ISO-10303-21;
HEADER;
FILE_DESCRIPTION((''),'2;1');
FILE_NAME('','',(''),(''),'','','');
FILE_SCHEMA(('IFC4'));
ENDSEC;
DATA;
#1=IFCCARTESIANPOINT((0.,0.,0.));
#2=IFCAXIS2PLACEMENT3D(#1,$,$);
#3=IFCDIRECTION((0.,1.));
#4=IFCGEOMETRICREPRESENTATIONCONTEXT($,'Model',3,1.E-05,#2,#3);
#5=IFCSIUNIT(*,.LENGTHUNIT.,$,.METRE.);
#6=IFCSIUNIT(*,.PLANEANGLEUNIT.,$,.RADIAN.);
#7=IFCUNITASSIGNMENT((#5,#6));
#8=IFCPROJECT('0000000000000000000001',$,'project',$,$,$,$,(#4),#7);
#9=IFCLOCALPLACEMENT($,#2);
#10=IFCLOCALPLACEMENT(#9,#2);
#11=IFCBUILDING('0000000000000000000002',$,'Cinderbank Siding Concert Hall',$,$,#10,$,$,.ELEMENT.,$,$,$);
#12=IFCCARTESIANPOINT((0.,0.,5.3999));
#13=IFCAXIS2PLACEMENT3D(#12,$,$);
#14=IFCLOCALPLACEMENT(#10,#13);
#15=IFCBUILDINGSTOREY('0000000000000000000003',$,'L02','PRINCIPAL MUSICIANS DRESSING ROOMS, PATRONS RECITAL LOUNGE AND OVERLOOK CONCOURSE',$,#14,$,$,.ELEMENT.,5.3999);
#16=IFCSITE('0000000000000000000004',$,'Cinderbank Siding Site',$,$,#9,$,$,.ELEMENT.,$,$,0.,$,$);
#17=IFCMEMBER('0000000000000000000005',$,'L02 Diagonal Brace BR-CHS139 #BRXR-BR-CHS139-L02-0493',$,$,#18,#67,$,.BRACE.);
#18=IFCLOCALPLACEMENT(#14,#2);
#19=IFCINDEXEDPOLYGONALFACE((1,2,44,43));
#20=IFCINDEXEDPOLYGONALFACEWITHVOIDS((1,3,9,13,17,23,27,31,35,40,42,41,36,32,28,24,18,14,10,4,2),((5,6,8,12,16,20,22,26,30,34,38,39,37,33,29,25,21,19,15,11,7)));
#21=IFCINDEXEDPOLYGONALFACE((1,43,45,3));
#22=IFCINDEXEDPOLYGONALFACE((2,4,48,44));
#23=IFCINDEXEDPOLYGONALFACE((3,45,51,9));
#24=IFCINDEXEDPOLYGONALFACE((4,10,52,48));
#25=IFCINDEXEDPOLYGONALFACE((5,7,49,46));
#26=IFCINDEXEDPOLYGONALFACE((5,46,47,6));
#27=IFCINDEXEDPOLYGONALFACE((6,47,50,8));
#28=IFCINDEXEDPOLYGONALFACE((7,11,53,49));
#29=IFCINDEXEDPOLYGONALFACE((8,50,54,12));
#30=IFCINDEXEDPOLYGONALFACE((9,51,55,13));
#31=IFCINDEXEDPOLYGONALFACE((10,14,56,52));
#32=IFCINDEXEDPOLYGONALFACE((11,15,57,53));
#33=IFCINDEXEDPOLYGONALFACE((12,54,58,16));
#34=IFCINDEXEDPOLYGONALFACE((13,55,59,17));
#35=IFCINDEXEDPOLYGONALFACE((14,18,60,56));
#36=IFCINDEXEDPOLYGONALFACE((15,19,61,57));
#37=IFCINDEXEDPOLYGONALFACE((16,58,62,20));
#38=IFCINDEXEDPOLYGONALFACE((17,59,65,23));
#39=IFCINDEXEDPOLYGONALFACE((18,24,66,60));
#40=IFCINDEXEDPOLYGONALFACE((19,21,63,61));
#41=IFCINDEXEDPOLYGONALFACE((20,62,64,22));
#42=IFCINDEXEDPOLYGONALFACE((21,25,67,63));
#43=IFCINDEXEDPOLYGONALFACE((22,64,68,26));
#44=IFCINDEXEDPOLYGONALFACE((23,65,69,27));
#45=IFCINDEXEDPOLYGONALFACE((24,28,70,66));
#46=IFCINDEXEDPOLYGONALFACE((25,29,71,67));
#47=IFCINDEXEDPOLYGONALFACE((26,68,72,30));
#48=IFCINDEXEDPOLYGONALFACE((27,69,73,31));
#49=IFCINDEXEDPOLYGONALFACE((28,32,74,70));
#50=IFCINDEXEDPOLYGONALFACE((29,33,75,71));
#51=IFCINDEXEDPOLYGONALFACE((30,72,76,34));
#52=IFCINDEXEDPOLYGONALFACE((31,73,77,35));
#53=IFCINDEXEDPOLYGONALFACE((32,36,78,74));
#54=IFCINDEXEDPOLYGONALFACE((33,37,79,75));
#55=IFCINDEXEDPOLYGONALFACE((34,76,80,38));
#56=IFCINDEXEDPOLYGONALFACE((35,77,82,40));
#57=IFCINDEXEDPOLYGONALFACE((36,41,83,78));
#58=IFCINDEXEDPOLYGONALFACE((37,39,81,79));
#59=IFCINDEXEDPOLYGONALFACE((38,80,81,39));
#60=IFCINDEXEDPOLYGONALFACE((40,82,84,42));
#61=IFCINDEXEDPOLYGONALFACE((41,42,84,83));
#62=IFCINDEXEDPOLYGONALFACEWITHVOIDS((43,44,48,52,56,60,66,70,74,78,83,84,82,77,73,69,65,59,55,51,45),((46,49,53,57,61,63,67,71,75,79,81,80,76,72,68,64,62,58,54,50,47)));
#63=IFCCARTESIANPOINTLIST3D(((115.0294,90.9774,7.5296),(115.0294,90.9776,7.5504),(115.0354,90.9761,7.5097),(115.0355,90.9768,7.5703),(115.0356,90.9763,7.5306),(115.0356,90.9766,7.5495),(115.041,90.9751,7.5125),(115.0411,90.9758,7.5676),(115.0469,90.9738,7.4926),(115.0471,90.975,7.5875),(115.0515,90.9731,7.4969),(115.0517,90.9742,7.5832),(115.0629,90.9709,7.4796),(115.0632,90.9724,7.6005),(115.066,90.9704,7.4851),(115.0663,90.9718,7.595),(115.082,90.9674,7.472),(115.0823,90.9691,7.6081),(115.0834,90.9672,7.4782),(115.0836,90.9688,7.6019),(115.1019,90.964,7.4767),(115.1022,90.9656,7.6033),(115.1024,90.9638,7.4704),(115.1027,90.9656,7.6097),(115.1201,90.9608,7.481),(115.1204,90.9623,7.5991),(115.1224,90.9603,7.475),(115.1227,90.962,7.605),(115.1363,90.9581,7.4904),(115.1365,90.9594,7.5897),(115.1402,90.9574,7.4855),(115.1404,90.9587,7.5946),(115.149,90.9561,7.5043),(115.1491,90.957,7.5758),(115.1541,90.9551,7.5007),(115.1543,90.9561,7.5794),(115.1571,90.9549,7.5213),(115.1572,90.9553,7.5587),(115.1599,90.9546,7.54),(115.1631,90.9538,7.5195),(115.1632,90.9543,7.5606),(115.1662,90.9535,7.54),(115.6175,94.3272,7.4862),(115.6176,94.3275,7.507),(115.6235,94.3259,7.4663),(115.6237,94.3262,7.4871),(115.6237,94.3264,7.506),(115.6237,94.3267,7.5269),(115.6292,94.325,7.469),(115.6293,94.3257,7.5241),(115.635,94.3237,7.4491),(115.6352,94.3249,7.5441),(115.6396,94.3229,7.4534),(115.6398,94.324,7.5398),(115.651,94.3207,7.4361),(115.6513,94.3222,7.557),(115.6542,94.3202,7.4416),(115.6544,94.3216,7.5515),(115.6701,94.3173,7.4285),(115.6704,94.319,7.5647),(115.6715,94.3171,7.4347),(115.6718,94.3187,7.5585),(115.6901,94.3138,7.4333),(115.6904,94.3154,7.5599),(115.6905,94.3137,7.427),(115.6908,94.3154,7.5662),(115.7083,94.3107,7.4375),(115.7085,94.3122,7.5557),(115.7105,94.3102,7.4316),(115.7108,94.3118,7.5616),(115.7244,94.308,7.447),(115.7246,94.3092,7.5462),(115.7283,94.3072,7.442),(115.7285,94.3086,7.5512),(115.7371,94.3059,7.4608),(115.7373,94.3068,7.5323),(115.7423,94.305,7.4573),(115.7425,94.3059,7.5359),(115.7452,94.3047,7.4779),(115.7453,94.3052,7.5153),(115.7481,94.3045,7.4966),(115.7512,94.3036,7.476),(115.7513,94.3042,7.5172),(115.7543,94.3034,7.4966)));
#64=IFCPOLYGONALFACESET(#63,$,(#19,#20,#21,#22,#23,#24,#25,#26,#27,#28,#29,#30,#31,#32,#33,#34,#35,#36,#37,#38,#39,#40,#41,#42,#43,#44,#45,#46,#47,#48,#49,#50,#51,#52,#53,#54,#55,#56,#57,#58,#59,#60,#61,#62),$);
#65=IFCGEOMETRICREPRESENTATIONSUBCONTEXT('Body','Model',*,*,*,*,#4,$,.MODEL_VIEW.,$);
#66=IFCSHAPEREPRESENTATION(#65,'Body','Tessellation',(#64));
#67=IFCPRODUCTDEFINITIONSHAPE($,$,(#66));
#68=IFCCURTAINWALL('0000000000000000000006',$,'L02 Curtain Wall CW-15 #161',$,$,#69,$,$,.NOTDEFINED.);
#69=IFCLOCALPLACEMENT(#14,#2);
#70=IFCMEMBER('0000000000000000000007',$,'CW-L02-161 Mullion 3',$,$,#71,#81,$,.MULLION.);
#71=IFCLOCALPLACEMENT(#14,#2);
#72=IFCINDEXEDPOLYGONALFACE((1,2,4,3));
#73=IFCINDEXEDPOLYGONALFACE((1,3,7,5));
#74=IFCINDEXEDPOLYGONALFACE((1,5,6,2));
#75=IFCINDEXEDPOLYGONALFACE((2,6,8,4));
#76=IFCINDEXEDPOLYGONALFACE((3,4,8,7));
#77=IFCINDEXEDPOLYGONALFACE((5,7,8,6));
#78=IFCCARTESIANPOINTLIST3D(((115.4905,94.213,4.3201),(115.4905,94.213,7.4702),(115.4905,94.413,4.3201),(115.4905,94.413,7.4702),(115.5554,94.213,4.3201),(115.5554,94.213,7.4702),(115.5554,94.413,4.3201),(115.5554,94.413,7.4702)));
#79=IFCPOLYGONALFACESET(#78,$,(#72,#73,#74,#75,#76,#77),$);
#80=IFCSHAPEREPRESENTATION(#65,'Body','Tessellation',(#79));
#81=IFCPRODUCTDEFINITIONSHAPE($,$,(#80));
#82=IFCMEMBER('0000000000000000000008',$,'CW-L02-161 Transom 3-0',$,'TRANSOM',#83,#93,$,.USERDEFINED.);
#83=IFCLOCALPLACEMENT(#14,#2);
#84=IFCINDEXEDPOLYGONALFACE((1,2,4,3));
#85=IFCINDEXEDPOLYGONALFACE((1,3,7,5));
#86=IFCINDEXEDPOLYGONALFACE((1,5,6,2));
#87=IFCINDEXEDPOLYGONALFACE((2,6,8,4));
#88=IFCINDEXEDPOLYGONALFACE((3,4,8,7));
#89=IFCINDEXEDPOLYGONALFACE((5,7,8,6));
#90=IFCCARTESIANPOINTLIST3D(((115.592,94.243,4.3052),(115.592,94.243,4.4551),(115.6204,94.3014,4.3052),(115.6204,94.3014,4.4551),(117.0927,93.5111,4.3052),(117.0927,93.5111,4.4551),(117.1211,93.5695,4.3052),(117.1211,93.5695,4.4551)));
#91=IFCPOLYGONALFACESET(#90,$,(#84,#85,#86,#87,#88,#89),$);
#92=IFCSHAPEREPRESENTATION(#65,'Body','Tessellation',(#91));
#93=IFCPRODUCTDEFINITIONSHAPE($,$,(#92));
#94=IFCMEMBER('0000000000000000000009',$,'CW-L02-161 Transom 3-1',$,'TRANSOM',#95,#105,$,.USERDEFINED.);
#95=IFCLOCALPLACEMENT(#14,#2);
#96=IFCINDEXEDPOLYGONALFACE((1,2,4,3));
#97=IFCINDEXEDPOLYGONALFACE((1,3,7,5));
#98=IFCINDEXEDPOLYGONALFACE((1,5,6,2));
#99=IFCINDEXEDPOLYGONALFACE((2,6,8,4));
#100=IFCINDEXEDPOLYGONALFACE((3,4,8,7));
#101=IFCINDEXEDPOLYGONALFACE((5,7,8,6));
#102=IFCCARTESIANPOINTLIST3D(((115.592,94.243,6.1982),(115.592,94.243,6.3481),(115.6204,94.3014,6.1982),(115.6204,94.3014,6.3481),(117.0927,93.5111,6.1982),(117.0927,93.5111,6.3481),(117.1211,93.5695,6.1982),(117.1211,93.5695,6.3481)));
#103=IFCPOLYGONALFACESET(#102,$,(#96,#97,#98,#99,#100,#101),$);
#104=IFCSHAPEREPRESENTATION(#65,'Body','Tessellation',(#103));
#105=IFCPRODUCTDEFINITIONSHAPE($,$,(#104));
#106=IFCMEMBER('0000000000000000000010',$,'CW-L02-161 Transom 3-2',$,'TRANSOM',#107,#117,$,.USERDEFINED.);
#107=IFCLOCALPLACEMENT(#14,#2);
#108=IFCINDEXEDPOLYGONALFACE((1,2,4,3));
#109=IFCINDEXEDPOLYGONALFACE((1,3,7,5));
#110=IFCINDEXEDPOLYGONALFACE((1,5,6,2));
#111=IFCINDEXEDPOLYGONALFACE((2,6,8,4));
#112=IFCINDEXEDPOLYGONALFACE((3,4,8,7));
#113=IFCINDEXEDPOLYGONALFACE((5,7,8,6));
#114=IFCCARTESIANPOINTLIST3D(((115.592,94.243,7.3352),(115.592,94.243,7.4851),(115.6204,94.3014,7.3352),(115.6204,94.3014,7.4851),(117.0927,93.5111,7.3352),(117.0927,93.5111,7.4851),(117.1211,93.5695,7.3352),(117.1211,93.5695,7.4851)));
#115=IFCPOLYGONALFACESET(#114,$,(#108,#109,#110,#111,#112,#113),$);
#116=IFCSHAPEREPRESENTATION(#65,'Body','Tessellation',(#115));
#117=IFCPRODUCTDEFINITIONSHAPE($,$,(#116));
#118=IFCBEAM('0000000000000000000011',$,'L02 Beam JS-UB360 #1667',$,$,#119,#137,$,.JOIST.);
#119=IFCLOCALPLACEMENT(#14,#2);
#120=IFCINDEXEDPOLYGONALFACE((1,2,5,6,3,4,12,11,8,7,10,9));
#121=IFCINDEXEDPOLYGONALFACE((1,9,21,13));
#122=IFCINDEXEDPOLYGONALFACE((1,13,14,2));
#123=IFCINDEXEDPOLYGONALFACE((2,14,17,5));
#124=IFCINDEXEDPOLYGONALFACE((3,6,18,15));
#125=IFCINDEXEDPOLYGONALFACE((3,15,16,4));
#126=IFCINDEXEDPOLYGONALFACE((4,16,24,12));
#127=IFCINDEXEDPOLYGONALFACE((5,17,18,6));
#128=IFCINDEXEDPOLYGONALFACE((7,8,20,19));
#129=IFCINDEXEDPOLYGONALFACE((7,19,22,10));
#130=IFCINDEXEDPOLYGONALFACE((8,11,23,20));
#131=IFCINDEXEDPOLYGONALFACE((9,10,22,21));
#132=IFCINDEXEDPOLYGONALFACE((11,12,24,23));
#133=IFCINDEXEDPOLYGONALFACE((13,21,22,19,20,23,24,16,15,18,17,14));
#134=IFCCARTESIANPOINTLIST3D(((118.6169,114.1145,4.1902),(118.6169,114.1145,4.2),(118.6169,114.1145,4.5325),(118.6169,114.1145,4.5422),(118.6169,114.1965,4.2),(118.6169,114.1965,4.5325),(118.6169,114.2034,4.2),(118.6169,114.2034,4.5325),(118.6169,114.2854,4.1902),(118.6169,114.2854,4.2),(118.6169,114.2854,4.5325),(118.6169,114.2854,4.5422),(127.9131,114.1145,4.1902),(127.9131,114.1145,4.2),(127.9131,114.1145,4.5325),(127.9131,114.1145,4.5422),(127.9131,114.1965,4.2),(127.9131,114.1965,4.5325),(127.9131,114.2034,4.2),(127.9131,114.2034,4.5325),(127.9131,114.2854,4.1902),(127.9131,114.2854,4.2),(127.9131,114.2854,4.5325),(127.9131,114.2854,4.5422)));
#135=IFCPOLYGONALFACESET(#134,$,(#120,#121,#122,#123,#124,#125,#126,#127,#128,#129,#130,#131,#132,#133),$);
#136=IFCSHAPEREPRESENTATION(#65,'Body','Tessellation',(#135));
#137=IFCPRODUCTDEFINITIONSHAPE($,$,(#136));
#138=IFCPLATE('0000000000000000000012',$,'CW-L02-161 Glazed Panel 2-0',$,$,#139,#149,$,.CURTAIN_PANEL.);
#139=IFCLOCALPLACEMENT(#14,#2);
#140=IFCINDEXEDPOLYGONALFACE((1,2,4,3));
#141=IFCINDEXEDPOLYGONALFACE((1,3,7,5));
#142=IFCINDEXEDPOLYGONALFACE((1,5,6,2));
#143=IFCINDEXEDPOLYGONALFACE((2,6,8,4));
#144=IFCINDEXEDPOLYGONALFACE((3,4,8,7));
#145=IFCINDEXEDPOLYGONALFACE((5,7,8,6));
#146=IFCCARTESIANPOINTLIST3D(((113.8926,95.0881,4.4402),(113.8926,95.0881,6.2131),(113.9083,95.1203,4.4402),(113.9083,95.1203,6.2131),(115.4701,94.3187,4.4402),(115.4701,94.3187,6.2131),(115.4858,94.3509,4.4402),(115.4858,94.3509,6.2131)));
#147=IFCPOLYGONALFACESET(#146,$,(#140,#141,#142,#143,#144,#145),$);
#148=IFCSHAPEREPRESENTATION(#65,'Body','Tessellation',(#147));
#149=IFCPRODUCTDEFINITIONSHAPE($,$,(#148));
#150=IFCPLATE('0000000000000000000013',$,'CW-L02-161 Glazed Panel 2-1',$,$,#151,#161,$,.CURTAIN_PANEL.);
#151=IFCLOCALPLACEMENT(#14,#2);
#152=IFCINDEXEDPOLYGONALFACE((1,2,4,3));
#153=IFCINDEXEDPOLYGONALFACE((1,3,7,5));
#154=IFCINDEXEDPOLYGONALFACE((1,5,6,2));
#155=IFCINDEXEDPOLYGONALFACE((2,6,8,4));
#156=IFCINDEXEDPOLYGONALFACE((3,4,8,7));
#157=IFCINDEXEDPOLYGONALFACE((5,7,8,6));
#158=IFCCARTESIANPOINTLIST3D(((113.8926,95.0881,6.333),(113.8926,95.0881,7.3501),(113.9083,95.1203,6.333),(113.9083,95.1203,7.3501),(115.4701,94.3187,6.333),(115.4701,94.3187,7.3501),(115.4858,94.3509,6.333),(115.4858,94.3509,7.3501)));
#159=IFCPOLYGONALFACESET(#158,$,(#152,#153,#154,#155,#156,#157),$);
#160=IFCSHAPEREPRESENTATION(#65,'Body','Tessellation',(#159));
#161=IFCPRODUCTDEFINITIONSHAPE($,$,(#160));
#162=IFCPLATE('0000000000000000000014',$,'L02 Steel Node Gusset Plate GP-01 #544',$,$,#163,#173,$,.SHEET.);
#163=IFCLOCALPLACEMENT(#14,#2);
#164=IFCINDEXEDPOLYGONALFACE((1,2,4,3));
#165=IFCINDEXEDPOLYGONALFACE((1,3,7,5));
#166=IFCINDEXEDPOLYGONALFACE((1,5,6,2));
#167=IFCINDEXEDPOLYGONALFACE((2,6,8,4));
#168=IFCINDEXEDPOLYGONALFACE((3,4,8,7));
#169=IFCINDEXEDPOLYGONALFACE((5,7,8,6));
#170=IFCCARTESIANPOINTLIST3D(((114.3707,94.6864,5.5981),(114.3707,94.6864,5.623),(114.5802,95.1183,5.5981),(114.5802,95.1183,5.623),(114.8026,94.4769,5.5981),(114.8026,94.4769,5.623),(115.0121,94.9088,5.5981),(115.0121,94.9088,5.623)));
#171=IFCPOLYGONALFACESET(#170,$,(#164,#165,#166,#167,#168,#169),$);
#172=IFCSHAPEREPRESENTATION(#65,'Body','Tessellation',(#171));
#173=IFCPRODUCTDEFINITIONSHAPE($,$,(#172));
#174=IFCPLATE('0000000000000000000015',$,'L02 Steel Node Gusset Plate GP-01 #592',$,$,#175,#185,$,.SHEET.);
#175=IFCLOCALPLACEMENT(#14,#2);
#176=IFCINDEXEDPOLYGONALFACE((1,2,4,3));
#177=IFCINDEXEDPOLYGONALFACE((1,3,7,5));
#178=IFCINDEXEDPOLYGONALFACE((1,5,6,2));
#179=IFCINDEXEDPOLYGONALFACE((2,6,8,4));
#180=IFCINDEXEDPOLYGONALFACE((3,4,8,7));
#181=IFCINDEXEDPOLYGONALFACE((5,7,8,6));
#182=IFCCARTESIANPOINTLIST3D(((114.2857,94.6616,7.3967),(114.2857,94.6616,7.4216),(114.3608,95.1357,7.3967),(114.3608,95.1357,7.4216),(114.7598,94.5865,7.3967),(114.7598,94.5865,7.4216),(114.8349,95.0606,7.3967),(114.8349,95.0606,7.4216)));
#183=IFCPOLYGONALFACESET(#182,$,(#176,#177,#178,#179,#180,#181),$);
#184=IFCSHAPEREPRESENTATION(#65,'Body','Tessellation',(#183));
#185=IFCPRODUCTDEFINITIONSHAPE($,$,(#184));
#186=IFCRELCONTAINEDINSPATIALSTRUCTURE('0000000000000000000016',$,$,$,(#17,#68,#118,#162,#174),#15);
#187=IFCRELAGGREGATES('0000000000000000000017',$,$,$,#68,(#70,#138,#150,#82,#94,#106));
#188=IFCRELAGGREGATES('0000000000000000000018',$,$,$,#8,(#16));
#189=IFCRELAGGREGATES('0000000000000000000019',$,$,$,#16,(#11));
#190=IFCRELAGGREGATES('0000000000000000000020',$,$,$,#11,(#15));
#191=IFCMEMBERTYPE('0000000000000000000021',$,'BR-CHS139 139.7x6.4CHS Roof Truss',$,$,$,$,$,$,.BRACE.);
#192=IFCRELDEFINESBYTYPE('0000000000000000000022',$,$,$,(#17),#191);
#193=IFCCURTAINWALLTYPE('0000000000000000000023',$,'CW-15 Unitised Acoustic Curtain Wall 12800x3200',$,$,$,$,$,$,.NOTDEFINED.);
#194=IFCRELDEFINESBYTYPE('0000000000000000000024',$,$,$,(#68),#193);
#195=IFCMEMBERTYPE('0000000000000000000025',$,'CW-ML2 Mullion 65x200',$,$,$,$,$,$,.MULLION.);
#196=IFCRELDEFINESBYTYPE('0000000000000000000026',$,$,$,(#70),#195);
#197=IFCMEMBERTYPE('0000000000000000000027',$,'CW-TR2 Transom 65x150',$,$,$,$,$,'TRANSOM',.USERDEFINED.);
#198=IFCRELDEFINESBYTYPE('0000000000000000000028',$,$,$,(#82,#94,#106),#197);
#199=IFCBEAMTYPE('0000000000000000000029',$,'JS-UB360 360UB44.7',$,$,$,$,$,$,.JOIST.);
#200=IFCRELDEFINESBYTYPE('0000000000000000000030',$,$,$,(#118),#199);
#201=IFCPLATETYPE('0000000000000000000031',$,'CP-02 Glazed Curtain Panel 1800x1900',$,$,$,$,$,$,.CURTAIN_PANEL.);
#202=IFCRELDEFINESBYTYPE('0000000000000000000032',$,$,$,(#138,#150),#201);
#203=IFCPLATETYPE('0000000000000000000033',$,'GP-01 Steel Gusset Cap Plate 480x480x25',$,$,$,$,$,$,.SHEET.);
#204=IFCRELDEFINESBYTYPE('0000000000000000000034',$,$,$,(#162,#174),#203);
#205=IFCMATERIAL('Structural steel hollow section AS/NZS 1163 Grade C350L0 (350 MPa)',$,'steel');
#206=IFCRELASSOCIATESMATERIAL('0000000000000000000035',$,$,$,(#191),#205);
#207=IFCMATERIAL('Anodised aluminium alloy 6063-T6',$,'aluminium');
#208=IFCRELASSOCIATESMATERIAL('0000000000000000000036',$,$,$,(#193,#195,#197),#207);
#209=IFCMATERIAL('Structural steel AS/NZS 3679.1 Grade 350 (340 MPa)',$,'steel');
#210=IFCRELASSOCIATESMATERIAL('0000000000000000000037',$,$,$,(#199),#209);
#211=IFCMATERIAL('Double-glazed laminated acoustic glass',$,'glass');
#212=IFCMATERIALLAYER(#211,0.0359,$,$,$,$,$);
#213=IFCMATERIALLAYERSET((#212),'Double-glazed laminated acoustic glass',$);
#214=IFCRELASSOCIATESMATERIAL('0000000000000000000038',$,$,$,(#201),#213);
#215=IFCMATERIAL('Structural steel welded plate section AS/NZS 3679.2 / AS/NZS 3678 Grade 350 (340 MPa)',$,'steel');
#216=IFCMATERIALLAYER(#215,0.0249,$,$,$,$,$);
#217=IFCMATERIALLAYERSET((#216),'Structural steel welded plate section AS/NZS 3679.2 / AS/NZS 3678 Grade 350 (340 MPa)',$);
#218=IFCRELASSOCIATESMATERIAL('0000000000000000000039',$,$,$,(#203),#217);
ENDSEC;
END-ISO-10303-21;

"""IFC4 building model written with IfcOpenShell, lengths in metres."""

from ifc_helpers import new_model, si_unit, direction, frame, origin, origin_2d, place, context, subcontext, project, spatial, rectangle, hollow_circle, i_section, extrude, material, layer, layer_set, material_profile, profile_set, type_object, element, aggregate, save


model = new_model("IFC4")

# Units and contexts
model_context = context("Model", 3, precision=1e-05, world=origin(), true_north=direction((0.0, 1.0)))
body_context = subcontext(model_context, "Body", "Model", "MODEL_VIEW")
ifc_project = project(units=[si_unit("LENGTHUNIT", "METRE"), si_unit("PLANEANGLEUNIT", "RADIAN")], contexts=[model_context])

# Site, building, storey
site_placement = place(None, origin())
site = spatial("IfcSite", under=ifc_project, at=site_placement, Name="Cinderbank Siding Site", CompositionType="ELEMENT", RefElevation=0.0)
building_placement = place(site_placement, origin())
building = spatial("IfcBuilding", under=site, at=building_placement, Name="Cinderbank Siding Concert Hall", CompositionType="ELEMENT")
storey_placement = place(building_placement, frame((0.0, 0.0, 5.3999)))
storey = spatial("IfcBuildingStorey", under=building, at=storey_placement, Name="L02", Description="PRINCIPAL MUSICIANS DRESSING ROOMS, PATRONS RECITAL LOUNGE AND OVERLOOK CONCOURSE", CompositionType="ELEMENT", Elevation=5.3999)

# Shared definitions
ifc_material_1 = material(Name="Structural steel AS/NZS 3679.1 Grade 350 (340 MPa)", Category="steel")

# Shared definitions
ifc_material_2 = material(Name="Structural steel welded plate section AS/NZS 3679.2 / AS/NZS 3678 Grade 350 (340 MPa)", Category="steel")

# Member
ifc_material_3 = material(Name="Structural steel hollow section AS/NZS 1163 Grade C350L0 (350 MPa)", Category="steel")
ifc_material_profile_1 = material_profile(ifc_material_3, hollow_circle(Radius=0.0698, WallThickness=0.0063, at=origin_2d()), Name="139.7x6.4CHS", Category="LoadBearing")
ifc_profile_set_1 = profile_set([ifc_material_profile_1], Name="Structural steel hollow section AS/NZS 1163 Grade C350L0 (350 MPa)")
member_type_1 = type_object("IfcMemberType", Name="BR-CHS139 139.7x6.4CHS Roof Truss", PredefinedType="BRACE", material=ifc_profile_set_1)
member_1_placement = place(storey_placement, frame((115.6855, 94.3154, 7.4966), z_axis=(-0.172911, -0.984855, 0.012776), x_axis=(0.984935, -0.172925, 0.0)))
element("IfcMember", 1, at=member_1_placement, inside=storey, type_object=member_type_1, Name="L02 Diagonal Brace BR-CHS139 #BRXR-BR-CHS139-L02-0493", PredefinedType="BRACE", context=body_context, shape_type="SweptSolid", body=[
    extrude(hollow_circle(Radius=0.0698, WallThickness=0.0063, at=origin_2d()), origin(), (0.0, 0.0, 1.0), 3.4014),
])

# Curtain wall, members
ifc_material_4 = material(Name="Anodised aluminium alloy 6063-T6", Category="aluminium")
curtain_wall_type = type_object("IfcCurtainWallType", Name="CW-15 Unitised Acoustic Curtain Wall 12800x3200", PredefinedType="NOTDEFINED", material=ifc_material_4)
curtain_wall_placement = place(storey_placement, origin())
curtain_wall = element("IfcCurtainWall", 2, at=curtain_wall_placement, inside=storey, type_object=curtain_wall_type, Name="L02 Curtain Wall CW-15 #161", PredefinedType="NOTDEFINED")
ifc_material_profile_2 = material_profile(ifc_material_4, rectangle(XDim=0.0649, YDim=0.2, at=origin_2d()), Name="ALU-MULL-65x200", Category="LoadBearing")
ifc_profile_set_2 = profile_set([ifc_material_profile_2], Name="Anodised aluminium alloy 6063-T6")
member_type_2 = type_object("IfcMemberType", Name="CW-ML2 Mullion 65x200", PredefinedType="MULLION", material=ifc_profile_set_2)
member_2_placement = place(storey_placement, frame((115.5229, 94.313, 4.3201), z_axis=(0.0, 0.0, 1.0), x_axis=(1.0, 0.0, 0.0)))
member_2 = element("IfcMember", 3, at=member_2_placement, type_object=member_type_2, Name="CW-L02-161 Mullion 3", PredefinedType="MULLION", context=body_context, shape_type="SweptSolid", body=[
    extrude(rectangle(XDim=0.0649, YDim=0.2, at=origin_2d()), origin(), (0.0, 0.0, 1.0), 3.1501),
])
ifc_material_profile_3 = material_profile(ifc_material_4, rectangle(XDim=0.0649, YDim=0.1499, at=origin_2d()), Name="ALU-TRAN-65x150", Category="LoadBearing")
ifc_profile_set_3 = profile_set([ifc_material_profile_3], Name="Anodised aluminium alloy 6063-T6")
member_type_3 = type_object("IfcMemberType", Name="CW-TR2 Transom 65x150", ElementType="TRANSOM", PredefinedType="USERDEFINED", material=ifc_profile_set_3)
member_3_placement = place(storey_placement, frame((115.6062, 94.2722, 4.3801), z_axis=(0.898799, -0.43836, 0.0), x_axis=(0.43836, 0.898799, 0.0)))
member_3 = element("IfcMember", 4, at=member_3_placement, type_object=member_type_3, Name="CW-L02-161 Transom 3-0", ObjectType="TRANSOM", PredefinedType="USERDEFINED", context=body_context, shape_type="SweptSolid", body=[
    extrude(rectangle(XDim=0.0649, YDim=0.1499, at=origin_2d()), origin(), (0.0, 0.0, 1.0), 1.6697),
])
member_4_placement = place(storey_placement, frame((115.6062, 94.2722, 6.2732), z_axis=(0.898799, -0.43836, 0.0), x_axis=(0.43836, 0.898799, 0.0)))
member_4 = element("IfcMember", 5, at=member_4_placement, type_object=member_type_3, Name="CW-L02-161 Transom 3-1", ObjectType="TRANSOM", PredefinedType="USERDEFINED", context=body_context, shape_type="SweptSolid", body=[
    extrude(rectangle(XDim=0.0649, YDim=0.1499, at=origin_2d()), origin(), (0.0, 0.0, 1.0), 1.6697),
])
member_5_placement = place(storey_placement, frame((115.6062, 94.2722, 7.4102), z_axis=(0.898799, -0.43836, 0.0), x_axis=(0.43836, 0.898799, 0.0)))
member_5 = element("IfcMember", 6, at=member_5_placement, type_object=member_type_3, Name="CW-L02-161 Transom 3-2", ObjectType="TRANSOM", PredefinedType="USERDEFINED", context=body_context, shape_type="SweptSolid", body=[
    extrude(rectangle(XDim=0.0649, YDim=0.1499, at=origin_2d()), origin(), (0.0, 0.0, 1.0), 1.6697),
])

# Beam
ifc_material_profile_4 = material_profile(ifc_material_1, i_section(OverallWidth=0.1709, OverallDepth=0.3521, WebThickness=0.0068, FlangeThickness=0.0098, at=origin_2d()), Name="360UB44.7", Category="LoadBearing")
ifc_profile_set_4 = profile_set([ifc_material_profile_4], Name="Structural steel AS/NZS 3679.1 Grade 350 (340 MPa)")
beam_type_1 = type_object("IfcBeamType", Name="JS-UB360 360UB44.7", PredefinedType="JOIST", material=ifc_profile_set_4)
beam_1_placement = place(storey_placement, frame((118.6169, 114.2, 4.3662), z_axis=(1.0, 0.0, 0.0), x_axis=(0.0, 1.0, 0.0)))
element("IfcBeam", 7, at=beam_1_placement, inside=storey, type_object=beam_type_1, Name="L02 Beam JS-UB360 #1667", PredefinedType="JOIST", context=body_context, shape_type="SweptSolid", body=[
    extrude(i_section(OverallWidth=0.1709, OverallDepth=0.3521, WebThickness=0.0068, FlangeThickness=0.0098, at=origin_2d()), origin(), (0.0, 0.0, 1.0), 9.2961),
])

# Plates
ifc_material_5 = material(Name="Double-glazed laminated acoustic glass", Category="glass")
ifc_layer_1 = layer(ifc_material_5, 0.0359)
ifc_layer_set_1 = layer_set([ifc_layer_1], Name="Double-glazed laminated acoustic glass")
plate_type_1 = type_object("IfcPlateType", Name="CP-02 Glazed Curtain Panel 1800x1900", PredefinedType="CURTAIN_PANEL", material=ifc_layer_set_1)
plate_1_placement = place(storey_placement, frame((114.6892, 94.7195, 4.4402), z_axis=(0.0, 0.0, 1.0), x_axis=(0.898794, -0.43837, 0.0)))
plate_1 = element("IfcPlate", 8, at=plate_1_placement, type_object=plate_type_1, Name="CW-L02-161 Glazed Panel 2-0", PredefinedType="CURTAIN_PANEL", context=body_context, shape_type="SweptSolid", body=[
    extrude(rectangle(XDim=1.7551, YDim=0.0359, at=origin_2d()), origin(), (0.0, 0.0, 1.0), 1.7729),
])
plate_2_placement = place(storey_placement, frame((114.6892, 94.7195, 6.333), z_axis=(0.0, 0.0, 1.0), x_axis=(0.898794, -0.43837, 0.0)))
plate_2 = element("IfcPlate", 9, at=plate_2_placement, type_object=plate_type_1, Name="CW-L02-161 Glazed Panel 2-1", PredefinedType="CURTAIN_PANEL", context=body_context, shape_type="SweptSolid", body=[
    extrude(rectangle(XDim=1.7551, YDim=0.0359, at=origin_2d()), origin(), (0.0, 0.0, 1.0), 1.0171),
])
aggregate(curtain_wall, [member_2, plate_1, plate_2, member_3, member_4, member_5])

# Plates
ifc_layer_2 = layer(ifc_material_2, 0.0249)
ifc_layer_set_2 = layer_set([ifc_layer_2], Name="Structural steel welded plate section AS/NZS 3679.2 / AS/NZS 3678 Grade 350 (340 MPa)")
plate_type_2 = type_object("IfcPlateType", Name="GP-01 Steel Gusset Cap Plate 480x480x25", PredefinedType="SHEET", material=ifc_layer_set_2)
for number, where, z_axis, x_axis, name in (
    (10, (114.6914, 94.7976, 5.5981), (0.0, 0.0, 1.0), (0.89971, -0.436488, 0.0), "L02 Steel Node Gusset Plate GP-01 #544"),
    (11, (114.5603, 94.8611, 7.3967), (0.0, 0.0, 1.0), (-0.156434, -0.987688, 0.0), "L02 Steel Node Gusset Plate GP-01 #592"),
):
    element("IfcPlate", number, at=place(storey_placement, frame(where, z_axis=z_axis, x_axis=x_axis)), inside=storey, type_object=plate_type_2, Name=name, PredefinedType="SHEET", context=body_context, shape_type="SweptSolid", body=[
        extrude(rectangle(XDim=0.48, YDim=0.48, at=origin_2d()), origin(), (0.0, 0.0, 1.0), 0.0249),
    ])

save(model, "model.ifc")
